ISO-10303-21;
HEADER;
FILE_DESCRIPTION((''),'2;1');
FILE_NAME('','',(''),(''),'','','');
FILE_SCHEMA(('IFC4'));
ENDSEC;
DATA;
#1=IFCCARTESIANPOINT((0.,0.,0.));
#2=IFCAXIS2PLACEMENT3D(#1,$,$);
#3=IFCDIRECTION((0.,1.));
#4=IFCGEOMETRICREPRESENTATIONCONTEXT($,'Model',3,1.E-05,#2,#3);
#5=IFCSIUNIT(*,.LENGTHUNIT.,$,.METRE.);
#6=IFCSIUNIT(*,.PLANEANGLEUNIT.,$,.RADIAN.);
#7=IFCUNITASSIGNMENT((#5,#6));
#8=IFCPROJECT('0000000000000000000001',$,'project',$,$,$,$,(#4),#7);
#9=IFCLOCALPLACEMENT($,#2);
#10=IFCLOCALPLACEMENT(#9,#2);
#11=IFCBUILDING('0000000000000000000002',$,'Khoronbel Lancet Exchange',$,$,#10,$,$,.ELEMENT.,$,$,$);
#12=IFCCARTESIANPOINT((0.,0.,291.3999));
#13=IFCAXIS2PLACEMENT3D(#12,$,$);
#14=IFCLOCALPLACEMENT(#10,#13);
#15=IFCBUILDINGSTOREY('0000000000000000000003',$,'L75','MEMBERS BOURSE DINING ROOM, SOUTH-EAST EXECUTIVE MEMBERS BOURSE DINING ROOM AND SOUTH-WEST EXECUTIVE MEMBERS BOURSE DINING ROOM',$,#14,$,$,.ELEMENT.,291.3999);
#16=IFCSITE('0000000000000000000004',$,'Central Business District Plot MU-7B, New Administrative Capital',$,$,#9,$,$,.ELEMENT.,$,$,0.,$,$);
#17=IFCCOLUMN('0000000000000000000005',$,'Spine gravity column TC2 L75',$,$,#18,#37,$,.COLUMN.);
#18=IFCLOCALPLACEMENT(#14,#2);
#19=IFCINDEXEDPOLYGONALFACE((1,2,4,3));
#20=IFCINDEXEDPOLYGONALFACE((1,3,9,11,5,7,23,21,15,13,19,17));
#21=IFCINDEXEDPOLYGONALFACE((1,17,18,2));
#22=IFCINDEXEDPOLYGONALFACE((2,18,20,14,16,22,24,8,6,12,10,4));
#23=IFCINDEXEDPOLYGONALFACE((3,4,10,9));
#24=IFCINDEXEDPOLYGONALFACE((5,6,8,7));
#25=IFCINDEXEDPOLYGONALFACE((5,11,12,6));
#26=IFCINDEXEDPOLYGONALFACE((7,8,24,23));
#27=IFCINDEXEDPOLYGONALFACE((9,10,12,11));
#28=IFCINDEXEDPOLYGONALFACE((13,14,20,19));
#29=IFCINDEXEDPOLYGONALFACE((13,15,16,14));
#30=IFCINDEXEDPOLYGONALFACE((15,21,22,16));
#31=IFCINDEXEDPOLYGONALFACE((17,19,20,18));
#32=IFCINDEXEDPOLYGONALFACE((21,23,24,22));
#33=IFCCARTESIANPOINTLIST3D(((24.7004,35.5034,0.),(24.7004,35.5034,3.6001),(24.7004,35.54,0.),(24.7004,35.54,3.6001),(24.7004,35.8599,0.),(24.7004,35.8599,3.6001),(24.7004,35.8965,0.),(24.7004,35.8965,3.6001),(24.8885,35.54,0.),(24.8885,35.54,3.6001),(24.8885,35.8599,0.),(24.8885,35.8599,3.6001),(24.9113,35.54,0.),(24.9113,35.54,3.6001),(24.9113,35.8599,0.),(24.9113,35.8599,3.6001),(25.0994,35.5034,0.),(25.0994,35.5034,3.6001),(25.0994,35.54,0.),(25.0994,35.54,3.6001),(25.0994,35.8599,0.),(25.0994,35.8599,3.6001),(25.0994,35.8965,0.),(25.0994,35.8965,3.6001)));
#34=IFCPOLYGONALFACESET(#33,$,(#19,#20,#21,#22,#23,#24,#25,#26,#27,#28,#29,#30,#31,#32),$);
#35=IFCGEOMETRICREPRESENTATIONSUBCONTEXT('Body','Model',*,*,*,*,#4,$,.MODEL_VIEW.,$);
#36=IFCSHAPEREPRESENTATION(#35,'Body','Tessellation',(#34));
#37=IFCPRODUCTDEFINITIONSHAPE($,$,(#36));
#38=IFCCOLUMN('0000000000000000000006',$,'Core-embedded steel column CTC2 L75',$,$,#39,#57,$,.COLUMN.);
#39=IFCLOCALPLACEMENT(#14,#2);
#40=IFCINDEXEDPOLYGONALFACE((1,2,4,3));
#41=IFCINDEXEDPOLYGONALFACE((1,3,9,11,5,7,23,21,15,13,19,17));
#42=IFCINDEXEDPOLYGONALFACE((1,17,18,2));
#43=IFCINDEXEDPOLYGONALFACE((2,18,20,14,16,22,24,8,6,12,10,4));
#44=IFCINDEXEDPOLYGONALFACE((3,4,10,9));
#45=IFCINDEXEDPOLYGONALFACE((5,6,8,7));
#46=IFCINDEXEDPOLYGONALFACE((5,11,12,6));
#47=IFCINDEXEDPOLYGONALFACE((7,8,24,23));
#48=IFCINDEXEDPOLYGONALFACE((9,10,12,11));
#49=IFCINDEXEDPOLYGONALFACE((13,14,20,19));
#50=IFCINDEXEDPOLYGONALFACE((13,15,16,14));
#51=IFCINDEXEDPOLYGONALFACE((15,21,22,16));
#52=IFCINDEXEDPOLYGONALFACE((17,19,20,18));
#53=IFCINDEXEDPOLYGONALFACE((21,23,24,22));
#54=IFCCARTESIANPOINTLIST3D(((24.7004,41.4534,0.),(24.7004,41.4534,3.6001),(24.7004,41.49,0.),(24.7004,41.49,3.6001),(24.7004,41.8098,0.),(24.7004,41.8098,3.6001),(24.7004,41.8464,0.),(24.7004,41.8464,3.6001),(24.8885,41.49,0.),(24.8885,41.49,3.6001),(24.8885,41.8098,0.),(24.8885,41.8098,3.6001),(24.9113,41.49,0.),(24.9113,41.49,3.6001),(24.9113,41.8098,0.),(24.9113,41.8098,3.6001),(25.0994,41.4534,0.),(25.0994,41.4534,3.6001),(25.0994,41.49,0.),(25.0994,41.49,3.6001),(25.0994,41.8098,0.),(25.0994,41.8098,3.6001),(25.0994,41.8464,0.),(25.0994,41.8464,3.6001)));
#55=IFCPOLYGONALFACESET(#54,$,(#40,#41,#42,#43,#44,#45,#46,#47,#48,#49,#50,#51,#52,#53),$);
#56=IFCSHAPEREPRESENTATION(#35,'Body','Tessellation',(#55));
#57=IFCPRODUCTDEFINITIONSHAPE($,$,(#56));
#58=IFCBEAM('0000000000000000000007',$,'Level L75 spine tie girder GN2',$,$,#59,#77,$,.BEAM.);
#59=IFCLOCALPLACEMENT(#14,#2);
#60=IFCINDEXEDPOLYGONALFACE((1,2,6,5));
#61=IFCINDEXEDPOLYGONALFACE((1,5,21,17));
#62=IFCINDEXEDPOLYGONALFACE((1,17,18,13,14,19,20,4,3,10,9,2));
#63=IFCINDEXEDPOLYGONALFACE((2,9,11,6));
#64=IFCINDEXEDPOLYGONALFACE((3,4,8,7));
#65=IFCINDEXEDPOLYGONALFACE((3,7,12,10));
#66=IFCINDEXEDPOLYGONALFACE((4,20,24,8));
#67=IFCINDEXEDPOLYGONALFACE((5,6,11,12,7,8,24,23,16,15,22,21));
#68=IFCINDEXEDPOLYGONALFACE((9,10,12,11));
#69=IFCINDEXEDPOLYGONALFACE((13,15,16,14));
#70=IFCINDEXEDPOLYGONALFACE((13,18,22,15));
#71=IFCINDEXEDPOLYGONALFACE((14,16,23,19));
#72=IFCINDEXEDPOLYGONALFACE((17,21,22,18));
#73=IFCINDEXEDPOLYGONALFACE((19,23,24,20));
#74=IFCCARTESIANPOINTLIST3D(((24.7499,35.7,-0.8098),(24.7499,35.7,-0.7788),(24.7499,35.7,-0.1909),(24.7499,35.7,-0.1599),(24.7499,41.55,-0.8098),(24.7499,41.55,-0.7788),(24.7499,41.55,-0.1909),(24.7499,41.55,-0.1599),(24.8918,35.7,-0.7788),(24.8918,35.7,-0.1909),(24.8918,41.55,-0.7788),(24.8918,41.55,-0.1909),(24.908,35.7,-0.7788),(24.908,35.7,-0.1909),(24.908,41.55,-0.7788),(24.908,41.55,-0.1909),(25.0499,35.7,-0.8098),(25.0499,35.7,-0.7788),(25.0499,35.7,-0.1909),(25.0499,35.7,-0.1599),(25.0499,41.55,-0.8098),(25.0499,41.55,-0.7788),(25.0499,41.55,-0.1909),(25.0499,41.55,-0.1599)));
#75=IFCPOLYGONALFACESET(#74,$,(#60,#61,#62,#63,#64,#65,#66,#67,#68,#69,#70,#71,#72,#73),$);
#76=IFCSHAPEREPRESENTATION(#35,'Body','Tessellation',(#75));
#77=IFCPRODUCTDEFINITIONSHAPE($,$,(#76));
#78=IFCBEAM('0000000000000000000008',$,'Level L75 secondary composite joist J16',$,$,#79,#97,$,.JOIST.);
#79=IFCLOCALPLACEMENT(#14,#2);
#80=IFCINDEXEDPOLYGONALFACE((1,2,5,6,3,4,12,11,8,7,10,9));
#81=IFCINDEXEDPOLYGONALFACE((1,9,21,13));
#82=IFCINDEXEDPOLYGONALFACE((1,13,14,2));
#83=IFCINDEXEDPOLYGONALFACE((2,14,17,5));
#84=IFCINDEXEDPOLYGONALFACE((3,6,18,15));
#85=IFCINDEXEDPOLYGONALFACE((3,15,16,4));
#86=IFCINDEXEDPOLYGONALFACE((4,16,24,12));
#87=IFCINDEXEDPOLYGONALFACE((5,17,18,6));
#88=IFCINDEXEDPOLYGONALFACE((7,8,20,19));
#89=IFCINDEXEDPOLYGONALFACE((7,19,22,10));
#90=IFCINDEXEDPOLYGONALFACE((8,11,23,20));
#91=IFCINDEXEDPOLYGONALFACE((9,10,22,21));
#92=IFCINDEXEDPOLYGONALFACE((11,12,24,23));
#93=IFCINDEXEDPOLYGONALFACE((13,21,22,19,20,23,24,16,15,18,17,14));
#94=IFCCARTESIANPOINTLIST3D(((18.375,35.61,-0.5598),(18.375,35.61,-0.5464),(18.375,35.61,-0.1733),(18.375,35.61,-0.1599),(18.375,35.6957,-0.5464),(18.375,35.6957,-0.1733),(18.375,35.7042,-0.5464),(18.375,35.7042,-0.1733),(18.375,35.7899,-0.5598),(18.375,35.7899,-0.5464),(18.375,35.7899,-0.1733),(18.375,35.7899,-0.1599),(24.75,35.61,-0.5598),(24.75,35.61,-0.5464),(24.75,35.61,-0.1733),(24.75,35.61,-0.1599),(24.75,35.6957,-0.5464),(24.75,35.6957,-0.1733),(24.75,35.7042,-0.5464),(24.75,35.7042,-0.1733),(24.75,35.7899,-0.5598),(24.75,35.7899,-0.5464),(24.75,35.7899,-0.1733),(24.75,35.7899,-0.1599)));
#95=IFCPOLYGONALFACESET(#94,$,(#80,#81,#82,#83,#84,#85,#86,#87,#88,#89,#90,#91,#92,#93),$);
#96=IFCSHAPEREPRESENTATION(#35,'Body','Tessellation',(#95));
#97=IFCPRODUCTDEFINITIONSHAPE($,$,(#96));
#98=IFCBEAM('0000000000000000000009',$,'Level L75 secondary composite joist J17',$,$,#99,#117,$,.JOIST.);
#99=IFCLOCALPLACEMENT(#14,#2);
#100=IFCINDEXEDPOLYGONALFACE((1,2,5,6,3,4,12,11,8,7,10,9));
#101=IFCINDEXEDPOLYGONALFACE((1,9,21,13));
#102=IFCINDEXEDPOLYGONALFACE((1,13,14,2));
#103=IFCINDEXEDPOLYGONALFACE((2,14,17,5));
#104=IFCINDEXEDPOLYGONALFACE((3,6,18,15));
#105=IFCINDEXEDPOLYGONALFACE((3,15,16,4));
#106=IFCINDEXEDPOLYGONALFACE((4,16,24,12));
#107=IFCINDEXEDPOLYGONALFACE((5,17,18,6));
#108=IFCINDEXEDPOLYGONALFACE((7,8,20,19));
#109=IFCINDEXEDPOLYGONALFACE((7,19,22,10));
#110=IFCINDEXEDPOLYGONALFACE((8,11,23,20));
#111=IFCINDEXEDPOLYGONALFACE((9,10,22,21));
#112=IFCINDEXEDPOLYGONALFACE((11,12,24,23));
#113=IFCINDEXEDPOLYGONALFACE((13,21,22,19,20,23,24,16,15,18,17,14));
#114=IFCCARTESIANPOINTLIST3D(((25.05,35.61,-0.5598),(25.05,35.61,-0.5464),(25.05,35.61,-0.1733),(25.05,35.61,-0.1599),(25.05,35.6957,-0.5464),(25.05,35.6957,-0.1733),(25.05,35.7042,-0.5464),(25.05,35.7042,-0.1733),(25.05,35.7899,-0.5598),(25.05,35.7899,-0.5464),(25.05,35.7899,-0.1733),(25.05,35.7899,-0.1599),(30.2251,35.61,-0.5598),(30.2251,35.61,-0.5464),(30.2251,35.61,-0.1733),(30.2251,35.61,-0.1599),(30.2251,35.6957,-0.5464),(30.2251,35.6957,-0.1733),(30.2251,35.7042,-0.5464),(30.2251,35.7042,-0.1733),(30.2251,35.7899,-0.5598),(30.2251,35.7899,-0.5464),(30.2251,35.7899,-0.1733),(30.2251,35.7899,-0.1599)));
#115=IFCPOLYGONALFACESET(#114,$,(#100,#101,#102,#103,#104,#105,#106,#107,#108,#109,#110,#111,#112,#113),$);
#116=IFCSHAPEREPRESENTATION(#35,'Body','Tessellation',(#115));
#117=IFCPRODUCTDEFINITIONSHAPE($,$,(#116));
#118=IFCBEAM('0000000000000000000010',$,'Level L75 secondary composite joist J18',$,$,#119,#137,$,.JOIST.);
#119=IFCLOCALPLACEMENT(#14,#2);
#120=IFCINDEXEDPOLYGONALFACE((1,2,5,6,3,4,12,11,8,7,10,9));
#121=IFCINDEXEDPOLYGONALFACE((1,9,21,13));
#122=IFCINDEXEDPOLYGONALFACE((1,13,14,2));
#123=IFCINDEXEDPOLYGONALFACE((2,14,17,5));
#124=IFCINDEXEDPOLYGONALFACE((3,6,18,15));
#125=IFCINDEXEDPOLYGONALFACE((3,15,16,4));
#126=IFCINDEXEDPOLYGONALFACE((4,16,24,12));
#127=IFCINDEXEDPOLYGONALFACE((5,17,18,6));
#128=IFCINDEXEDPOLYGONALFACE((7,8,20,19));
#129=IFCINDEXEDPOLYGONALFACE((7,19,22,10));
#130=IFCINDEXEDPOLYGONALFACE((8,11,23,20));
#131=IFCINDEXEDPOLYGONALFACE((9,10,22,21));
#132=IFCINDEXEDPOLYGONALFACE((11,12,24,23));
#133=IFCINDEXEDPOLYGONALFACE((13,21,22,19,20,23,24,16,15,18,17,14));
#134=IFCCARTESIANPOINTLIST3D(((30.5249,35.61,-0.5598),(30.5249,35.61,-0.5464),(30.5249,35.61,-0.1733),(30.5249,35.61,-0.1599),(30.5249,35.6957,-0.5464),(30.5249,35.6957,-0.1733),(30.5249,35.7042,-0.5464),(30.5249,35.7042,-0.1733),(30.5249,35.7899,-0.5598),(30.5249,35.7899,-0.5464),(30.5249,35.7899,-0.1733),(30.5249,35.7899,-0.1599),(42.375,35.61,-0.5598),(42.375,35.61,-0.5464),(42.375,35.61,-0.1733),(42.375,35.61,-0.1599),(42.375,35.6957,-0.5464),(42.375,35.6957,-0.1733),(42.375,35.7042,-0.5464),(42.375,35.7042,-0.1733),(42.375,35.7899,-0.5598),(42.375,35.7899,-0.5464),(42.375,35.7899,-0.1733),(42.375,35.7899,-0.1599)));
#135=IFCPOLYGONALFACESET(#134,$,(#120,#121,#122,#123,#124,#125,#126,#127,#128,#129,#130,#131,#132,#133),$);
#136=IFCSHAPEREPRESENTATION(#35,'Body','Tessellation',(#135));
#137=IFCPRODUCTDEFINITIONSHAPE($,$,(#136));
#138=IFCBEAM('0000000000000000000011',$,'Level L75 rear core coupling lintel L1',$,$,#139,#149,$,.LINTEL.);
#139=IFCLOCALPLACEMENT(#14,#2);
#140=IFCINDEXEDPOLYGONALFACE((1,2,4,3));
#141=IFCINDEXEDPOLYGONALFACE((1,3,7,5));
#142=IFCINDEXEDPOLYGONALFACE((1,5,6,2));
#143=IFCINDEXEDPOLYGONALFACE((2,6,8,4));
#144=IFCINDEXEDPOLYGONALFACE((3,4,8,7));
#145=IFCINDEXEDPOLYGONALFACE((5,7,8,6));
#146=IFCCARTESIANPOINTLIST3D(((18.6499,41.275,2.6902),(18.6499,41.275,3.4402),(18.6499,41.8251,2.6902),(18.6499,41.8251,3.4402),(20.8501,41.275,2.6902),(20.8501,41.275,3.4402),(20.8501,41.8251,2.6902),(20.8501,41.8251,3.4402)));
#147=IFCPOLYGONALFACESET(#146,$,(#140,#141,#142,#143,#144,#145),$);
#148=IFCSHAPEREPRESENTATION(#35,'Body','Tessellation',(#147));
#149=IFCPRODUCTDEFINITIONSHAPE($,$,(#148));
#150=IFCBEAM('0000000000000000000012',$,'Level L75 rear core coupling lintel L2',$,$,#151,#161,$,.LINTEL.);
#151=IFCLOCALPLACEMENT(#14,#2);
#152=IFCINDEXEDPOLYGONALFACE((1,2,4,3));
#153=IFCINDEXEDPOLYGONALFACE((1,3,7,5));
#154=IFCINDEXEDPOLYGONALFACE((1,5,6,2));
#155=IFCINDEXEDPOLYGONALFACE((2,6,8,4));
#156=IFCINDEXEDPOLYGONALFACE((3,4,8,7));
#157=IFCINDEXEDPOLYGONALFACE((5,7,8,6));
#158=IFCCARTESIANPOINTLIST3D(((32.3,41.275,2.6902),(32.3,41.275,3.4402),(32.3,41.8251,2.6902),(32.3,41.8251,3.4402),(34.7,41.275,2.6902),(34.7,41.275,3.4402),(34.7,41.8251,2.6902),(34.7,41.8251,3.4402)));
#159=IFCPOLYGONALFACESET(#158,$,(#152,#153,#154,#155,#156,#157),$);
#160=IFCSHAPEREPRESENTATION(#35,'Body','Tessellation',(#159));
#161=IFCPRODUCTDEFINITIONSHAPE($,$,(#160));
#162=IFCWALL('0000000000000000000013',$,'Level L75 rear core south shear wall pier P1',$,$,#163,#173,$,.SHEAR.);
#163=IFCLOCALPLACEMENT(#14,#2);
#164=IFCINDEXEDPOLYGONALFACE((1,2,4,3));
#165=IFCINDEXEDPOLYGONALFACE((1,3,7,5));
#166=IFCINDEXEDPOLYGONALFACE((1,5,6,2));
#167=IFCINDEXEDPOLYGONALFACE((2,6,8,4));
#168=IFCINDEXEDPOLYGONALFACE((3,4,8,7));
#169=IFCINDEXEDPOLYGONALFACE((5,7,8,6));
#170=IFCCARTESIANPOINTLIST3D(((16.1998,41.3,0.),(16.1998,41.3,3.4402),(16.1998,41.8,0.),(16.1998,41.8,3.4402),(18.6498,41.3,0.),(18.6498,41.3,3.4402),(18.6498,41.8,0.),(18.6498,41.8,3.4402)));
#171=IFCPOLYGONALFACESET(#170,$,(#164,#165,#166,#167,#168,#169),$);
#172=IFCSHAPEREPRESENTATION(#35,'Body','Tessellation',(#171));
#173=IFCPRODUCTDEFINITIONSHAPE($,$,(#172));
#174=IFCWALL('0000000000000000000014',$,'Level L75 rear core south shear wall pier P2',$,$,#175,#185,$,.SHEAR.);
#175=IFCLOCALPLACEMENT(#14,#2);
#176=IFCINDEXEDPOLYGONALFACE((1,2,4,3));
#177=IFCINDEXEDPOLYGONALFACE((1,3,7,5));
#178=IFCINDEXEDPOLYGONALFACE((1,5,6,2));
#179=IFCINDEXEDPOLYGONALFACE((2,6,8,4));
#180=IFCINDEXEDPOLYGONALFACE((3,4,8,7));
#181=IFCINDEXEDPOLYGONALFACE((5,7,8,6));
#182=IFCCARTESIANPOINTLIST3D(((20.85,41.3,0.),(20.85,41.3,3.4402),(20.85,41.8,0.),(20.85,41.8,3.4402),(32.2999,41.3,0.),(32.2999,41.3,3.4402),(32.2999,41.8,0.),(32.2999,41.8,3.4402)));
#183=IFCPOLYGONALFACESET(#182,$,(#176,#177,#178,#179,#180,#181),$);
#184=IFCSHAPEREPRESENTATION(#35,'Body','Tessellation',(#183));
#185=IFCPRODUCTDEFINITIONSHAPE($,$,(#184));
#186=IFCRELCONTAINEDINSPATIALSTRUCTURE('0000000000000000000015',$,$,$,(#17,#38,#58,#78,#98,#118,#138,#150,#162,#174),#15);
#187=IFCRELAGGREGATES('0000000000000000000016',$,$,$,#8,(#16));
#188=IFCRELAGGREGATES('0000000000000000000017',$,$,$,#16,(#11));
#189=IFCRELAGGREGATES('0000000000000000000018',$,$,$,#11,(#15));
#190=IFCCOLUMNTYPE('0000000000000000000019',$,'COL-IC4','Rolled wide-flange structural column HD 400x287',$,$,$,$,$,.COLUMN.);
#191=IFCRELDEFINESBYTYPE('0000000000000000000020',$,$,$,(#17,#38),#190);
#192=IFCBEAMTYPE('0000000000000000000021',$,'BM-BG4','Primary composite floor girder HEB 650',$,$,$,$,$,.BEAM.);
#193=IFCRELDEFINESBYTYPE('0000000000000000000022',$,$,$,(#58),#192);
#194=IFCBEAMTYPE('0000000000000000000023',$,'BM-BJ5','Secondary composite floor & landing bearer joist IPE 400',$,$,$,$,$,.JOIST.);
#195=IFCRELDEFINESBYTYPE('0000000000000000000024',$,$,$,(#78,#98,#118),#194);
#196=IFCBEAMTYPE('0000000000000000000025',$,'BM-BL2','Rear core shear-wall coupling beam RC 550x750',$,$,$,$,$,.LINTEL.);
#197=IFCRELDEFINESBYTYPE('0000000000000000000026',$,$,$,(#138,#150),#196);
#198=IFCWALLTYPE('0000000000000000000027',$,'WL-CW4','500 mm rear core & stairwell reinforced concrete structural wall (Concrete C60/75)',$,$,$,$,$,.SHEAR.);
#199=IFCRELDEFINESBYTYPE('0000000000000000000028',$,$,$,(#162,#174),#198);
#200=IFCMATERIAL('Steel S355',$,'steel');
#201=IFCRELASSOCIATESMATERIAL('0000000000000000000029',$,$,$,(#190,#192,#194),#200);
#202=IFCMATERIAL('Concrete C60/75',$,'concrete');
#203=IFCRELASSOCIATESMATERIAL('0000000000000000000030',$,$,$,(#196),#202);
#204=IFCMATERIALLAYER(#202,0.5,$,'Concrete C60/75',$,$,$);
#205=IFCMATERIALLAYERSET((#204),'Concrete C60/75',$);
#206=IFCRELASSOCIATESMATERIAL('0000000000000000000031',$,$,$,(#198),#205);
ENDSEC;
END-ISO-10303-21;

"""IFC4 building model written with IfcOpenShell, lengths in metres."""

from ifc_helpers import new_model, si_unit, direction, frame, frame_2d, origin, origin_2d, place, context, subcontext, project, spatial, rectangle, i_section, extrude, material, layer, layer_set, material_profile, profile_set, type_object, element, save


model = new_model("IFC4")

# Units and contexts
model_context = context("Model", 3, precision=1e-05, world=origin(), true_north=direction((0.0, 1.0)))
body_context = subcontext(model_context, "Body", "Model", "MODEL_VIEW")
ifc_project = project(units=[si_unit("LENGTHUNIT", "METRE"), si_unit("PLANEANGLEUNIT", "RADIAN")], contexts=[model_context])

# Site, building, storey
site_placement = place(None, origin())
site = spatial("IfcSite", under=ifc_project, at=site_placement, Name="Central Business District Plot MU-7B, New Administrative Capital", CompositionType="ELEMENT", RefElevation=0.0)
building_placement = place(site_placement, origin())
building = spatial("IfcBuilding", under=site, at=building_placement, Name="Khoronbel Lancet Exchange", CompositionType="ELEMENT")
storey_placement = place(building_placement, frame((0.0, 0.0, 291.3999)))
storey = spatial("IfcBuildingStorey", under=building, at=storey_placement, Name="L75", Description="MEMBERS BOURSE DINING ROOM, SOUTH-EAST EXECUTIVE MEMBERS BOURSE DINING ROOM AND SOUTH-WEST EXECUTIVE MEMBERS BOURSE DINING ROOM", CompositionType="ELEMENT", Elevation=291.3999)

# Columns
ifc_material_1 = material(Name="Steel S355", Category="steel")
ifc_material_profile_1 = material_profile(ifc_material_1, i_section(OverallWidth=0.3989, OverallDepth=0.3931, WebThickness=0.0227, FlangeThickness=0.0366, at=origin_2d()), Name="HD 400x287")
ifc_profile_set_1 = profile_set([ifc_material_profile_1], Name="Steel S355")
column_type = type_object("IfcColumnType", Name="COL-IC4", Description="Rolled wide-flange structural column HD 400x287", PredefinedType="COLUMN", material=ifc_profile_set_1)
for number, where, z_axis, x_axis, name in (
    (1, (24.8999, 35.7, 0.0), (0.0, 0.0, 1.0), (1.0, 0.0, 0.0), "Spine gravity column TC2 L75"),
    (2, (24.8999, 41.6499, 0.0), (0.0, 0.0, 1.0), (1.0, 0.0, 0.0), "Core-embedded steel column CTC2 L75"),
):
    element("IfcColumn", number, at=place(storey_placement, frame(where, z_axis=z_axis, x_axis=x_axis)), inside=storey, type_object=column_type, Name=name, PredefinedType="COLUMN", context=body_context, shape_type="SweptSolid", body=[
        extrude(i_section(OverallWidth=0.3989, OverallDepth=0.3931, WebThickness=0.0227, FlangeThickness=0.0366, at=origin_2d()), origin(), (0.0, 0.0, 1.0), 3.6001),
    ])

# Beams
ifc_material_profile_2 = material_profile(ifc_material_1, i_section(OverallWidth=0.3, OverallDepth=0.6499, WebThickness=0.0161, FlangeThickness=0.031, at=origin_2d()), Name="HEB 650")
ifc_profile_set_2 = profile_set([ifc_material_profile_2], Name="Steel S355")
beam_type_1 = type_object("IfcBeamType", Name="BM-BG4", Description="Primary composite floor girder HEB 650", PredefinedType="BEAM", material=ifc_profile_set_2)
beam_1_placement = place(storey_placement, frame((24.8999, 35.7, -0.4849), z_axis=(0.0, 1.0, 0.0), x_axis=(-1.0, 0.0, 0.0)))
element("IfcBeam", 3, at=beam_1_placement, inside=storey, type_object=beam_type_1, Name="Level L75 spine tie girder GN2", PredefinedType="BEAM", context=body_context, shape_type="SweptSolid", body=[
    extrude(i_section(OverallWidth=0.3, OverallDepth=0.6499, WebThickness=0.0161, FlangeThickness=0.031, at=origin_2d()), origin(), (0.0, 0.0, 1.0), 5.8501),
])
ifc_material_profile_3 = material_profile(ifc_material_1, i_section(OverallWidth=0.1799, OverallDepth=0.3999, WebThickness=0.0085, FlangeThickness=0.0134, at=origin_2d()), Name="IPE 400")
ifc_profile_set_3 = profile_set([ifc_material_profile_3], Name="Steel S355")
beam_type_2 = type_object("IfcBeamType", Name="BM-BJ5", Description="Secondary composite floor & landing bearer joist IPE 400", PredefinedType="JOIST", material=ifc_profile_set_3)
beam_2_placement = place(storey_placement, frame((18.375, 35.7, -0.3599), z_axis=(1.0, 0.0, 0.0), x_axis=(0.0, 1.0, 0.0)))
element("IfcBeam", 4, at=beam_2_placement, inside=storey, type_object=beam_type_2, Name="Level L75 secondary composite joist J16", PredefinedType="JOIST", context=body_context, shape_type="SweptSolid", body=[
    extrude(i_section(OverallWidth=0.1799, OverallDepth=0.3999, WebThickness=0.0085, FlangeThickness=0.0134, at=origin_2d()), origin(), (0.0, 0.0, 1.0), 6.375),
])
beam_3_placement = place(storey_placement, frame((25.05, 35.7, -0.3599), z_axis=(1.0, 0.0, 0.0), x_axis=(0.0, 1.0, 0.0)))
element("IfcBeam", 5, at=beam_3_placement, inside=storey, type_object=beam_type_2, Name="Level L75 secondary composite joist J17", PredefinedType="JOIST", context=body_context, shape_type="SweptSolid", body=[
    extrude(i_section(OverallWidth=0.1799, OverallDepth=0.3999, WebThickness=0.0085, FlangeThickness=0.0134, at=origin_2d()), origin(), (0.0, 0.0, 1.0), 5.175),
])
beam_4_placement = place(storey_placement, frame((30.5249, 35.7, -0.3599), z_axis=(1.0, 0.0, 0.0), x_axis=(0.0, 1.0, 0.0)))
element("IfcBeam", 6, at=beam_4_placement, inside=storey, type_object=beam_type_2, Name="Level L75 secondary composite joist J18", PredefinedType="JOIST", context=body_context, shape_type="SweptSolid", body=[
    extrude(i_section(OverallWidth=0.1799, OverallDepth=0.3999, WebThickness=0.0085, FlangeThickness=0.0134, at=origin_2d()), origin(), (0.0, 0.0, 1.0), 11.8501),
])
ifc_material_2 = material(Name="Concrete C60/75", Category="concrete")
ifc_material_profile_4 = material_profile(ifc_material_2, rectangle(XDim=0.55, YDim=0.75, at=origin_2d()), Name="RC 550x750")
ifc_profile_set_4 = profile_set([ifc_material_profile_4], Name="Concrete C60/75")
beam_type_3 = type_object("IfcBeamType", Name="BM-BL2", Description="Rear core shear-wall coupling beam RC 550x750", PredefinedType="LINTEL", material=ifc_profile_set_4)
beam_5_placement = place(storey_placement, frame((18.6499, 41.55, 3.0652), z_axis=(1.0, 0.0, 0.0), x_axis=(0.0, 1.0, 0.0)))
element("IfcBeam", 7, at=beam_5_placement, inside=storey, type_object=beam_type_3, Name="Level L75 rear core coupling lintel L1", PredefinedType="LINTEL", context=body_context, shape_type="SweptSolid", body=[
    extrude(rectangle(XDim=0.55, YDim=0.75, at=origin_2d()), origin(), (0.0, 0.0, 1.0), 2.2002),
])
beam_6_placement = place(storey_placement, frame((32.3, 41.55, 3.0652), z_axis=(1.0, 0.0, 0.0), x_axis=(0.0, 1.0, 0.0)))
element("IfcBeam", 8, at=beam_6_placement, inside=storey, type_object=beam_type_3, Name="Level L75 rear core coupling lintel L2", PredefinedType="LINTEL", context=body_context, shape_type="SweptSolid", body=[
    extrude(rectangle(XDim=0.55, YDim=0.75, at=origin_2d()), origin(), (0.0, 0.0, 1.0), 2.3999),
])

# Walls
ifc_layer_1 = layer(ifc_material_2, 0.5, Name="Concrete C60/75")
ifc_layer_set_1 = layer_set([ifc_layer_1], Name="Concrete C60/75")
wall_type_1 = type_object("IfcWallType", Name="WL-CW4", Description="500 mm rear core & stairwell reinforced concrete structural wall (Concrete C60/75)", PredefinedType="SHEAR", material=ifc_layer_set_1)
wall_1_placement = place(storey_placement, frame((18.6499, 41.55, 0.0), z_axis=(0.0, 0.0, 1.0), x_axis=(-1.0, 0.0, 0.0)))
element("IfcWall", 9, at=wall_1_placement, inside=storey, type_object=wall_type_1, Name="Level L75 rear core south shear wall pier P1", PredefinedType="SHEAR", context=body_context, shape_type="SweptSolid", body=[
    extrude(rectangle(XDim=2.45, YDim=0.5, at=frame_2d((1.2251, 0.0))), origin(), (0.0, 0.0, 1.0), 3.4402),
])
wall_2_placement = place(storey_placement, frame((32.3, 41.55, 0.0), z_axis=(0.0, 0.0, 1.0), x_axis=(-1.0, 0.0, 0.0)))
element("IfcWall", 10, at=wall_2_placement, inside=storey, type_object=wall_type_1, Name="Level L75 rear core south shear wall pier P2", PredefinedType="SHEAR", context=body_context, shape_type="SweptSolid", body=[
    extrude(rectangle(XDim=11.45, YDim=0.5, at=frame_2d((5.7251, 0.0))), origin(), (0.0, 0.0, 1.0), 3.4402),
])

save(model, "model.ifc")
